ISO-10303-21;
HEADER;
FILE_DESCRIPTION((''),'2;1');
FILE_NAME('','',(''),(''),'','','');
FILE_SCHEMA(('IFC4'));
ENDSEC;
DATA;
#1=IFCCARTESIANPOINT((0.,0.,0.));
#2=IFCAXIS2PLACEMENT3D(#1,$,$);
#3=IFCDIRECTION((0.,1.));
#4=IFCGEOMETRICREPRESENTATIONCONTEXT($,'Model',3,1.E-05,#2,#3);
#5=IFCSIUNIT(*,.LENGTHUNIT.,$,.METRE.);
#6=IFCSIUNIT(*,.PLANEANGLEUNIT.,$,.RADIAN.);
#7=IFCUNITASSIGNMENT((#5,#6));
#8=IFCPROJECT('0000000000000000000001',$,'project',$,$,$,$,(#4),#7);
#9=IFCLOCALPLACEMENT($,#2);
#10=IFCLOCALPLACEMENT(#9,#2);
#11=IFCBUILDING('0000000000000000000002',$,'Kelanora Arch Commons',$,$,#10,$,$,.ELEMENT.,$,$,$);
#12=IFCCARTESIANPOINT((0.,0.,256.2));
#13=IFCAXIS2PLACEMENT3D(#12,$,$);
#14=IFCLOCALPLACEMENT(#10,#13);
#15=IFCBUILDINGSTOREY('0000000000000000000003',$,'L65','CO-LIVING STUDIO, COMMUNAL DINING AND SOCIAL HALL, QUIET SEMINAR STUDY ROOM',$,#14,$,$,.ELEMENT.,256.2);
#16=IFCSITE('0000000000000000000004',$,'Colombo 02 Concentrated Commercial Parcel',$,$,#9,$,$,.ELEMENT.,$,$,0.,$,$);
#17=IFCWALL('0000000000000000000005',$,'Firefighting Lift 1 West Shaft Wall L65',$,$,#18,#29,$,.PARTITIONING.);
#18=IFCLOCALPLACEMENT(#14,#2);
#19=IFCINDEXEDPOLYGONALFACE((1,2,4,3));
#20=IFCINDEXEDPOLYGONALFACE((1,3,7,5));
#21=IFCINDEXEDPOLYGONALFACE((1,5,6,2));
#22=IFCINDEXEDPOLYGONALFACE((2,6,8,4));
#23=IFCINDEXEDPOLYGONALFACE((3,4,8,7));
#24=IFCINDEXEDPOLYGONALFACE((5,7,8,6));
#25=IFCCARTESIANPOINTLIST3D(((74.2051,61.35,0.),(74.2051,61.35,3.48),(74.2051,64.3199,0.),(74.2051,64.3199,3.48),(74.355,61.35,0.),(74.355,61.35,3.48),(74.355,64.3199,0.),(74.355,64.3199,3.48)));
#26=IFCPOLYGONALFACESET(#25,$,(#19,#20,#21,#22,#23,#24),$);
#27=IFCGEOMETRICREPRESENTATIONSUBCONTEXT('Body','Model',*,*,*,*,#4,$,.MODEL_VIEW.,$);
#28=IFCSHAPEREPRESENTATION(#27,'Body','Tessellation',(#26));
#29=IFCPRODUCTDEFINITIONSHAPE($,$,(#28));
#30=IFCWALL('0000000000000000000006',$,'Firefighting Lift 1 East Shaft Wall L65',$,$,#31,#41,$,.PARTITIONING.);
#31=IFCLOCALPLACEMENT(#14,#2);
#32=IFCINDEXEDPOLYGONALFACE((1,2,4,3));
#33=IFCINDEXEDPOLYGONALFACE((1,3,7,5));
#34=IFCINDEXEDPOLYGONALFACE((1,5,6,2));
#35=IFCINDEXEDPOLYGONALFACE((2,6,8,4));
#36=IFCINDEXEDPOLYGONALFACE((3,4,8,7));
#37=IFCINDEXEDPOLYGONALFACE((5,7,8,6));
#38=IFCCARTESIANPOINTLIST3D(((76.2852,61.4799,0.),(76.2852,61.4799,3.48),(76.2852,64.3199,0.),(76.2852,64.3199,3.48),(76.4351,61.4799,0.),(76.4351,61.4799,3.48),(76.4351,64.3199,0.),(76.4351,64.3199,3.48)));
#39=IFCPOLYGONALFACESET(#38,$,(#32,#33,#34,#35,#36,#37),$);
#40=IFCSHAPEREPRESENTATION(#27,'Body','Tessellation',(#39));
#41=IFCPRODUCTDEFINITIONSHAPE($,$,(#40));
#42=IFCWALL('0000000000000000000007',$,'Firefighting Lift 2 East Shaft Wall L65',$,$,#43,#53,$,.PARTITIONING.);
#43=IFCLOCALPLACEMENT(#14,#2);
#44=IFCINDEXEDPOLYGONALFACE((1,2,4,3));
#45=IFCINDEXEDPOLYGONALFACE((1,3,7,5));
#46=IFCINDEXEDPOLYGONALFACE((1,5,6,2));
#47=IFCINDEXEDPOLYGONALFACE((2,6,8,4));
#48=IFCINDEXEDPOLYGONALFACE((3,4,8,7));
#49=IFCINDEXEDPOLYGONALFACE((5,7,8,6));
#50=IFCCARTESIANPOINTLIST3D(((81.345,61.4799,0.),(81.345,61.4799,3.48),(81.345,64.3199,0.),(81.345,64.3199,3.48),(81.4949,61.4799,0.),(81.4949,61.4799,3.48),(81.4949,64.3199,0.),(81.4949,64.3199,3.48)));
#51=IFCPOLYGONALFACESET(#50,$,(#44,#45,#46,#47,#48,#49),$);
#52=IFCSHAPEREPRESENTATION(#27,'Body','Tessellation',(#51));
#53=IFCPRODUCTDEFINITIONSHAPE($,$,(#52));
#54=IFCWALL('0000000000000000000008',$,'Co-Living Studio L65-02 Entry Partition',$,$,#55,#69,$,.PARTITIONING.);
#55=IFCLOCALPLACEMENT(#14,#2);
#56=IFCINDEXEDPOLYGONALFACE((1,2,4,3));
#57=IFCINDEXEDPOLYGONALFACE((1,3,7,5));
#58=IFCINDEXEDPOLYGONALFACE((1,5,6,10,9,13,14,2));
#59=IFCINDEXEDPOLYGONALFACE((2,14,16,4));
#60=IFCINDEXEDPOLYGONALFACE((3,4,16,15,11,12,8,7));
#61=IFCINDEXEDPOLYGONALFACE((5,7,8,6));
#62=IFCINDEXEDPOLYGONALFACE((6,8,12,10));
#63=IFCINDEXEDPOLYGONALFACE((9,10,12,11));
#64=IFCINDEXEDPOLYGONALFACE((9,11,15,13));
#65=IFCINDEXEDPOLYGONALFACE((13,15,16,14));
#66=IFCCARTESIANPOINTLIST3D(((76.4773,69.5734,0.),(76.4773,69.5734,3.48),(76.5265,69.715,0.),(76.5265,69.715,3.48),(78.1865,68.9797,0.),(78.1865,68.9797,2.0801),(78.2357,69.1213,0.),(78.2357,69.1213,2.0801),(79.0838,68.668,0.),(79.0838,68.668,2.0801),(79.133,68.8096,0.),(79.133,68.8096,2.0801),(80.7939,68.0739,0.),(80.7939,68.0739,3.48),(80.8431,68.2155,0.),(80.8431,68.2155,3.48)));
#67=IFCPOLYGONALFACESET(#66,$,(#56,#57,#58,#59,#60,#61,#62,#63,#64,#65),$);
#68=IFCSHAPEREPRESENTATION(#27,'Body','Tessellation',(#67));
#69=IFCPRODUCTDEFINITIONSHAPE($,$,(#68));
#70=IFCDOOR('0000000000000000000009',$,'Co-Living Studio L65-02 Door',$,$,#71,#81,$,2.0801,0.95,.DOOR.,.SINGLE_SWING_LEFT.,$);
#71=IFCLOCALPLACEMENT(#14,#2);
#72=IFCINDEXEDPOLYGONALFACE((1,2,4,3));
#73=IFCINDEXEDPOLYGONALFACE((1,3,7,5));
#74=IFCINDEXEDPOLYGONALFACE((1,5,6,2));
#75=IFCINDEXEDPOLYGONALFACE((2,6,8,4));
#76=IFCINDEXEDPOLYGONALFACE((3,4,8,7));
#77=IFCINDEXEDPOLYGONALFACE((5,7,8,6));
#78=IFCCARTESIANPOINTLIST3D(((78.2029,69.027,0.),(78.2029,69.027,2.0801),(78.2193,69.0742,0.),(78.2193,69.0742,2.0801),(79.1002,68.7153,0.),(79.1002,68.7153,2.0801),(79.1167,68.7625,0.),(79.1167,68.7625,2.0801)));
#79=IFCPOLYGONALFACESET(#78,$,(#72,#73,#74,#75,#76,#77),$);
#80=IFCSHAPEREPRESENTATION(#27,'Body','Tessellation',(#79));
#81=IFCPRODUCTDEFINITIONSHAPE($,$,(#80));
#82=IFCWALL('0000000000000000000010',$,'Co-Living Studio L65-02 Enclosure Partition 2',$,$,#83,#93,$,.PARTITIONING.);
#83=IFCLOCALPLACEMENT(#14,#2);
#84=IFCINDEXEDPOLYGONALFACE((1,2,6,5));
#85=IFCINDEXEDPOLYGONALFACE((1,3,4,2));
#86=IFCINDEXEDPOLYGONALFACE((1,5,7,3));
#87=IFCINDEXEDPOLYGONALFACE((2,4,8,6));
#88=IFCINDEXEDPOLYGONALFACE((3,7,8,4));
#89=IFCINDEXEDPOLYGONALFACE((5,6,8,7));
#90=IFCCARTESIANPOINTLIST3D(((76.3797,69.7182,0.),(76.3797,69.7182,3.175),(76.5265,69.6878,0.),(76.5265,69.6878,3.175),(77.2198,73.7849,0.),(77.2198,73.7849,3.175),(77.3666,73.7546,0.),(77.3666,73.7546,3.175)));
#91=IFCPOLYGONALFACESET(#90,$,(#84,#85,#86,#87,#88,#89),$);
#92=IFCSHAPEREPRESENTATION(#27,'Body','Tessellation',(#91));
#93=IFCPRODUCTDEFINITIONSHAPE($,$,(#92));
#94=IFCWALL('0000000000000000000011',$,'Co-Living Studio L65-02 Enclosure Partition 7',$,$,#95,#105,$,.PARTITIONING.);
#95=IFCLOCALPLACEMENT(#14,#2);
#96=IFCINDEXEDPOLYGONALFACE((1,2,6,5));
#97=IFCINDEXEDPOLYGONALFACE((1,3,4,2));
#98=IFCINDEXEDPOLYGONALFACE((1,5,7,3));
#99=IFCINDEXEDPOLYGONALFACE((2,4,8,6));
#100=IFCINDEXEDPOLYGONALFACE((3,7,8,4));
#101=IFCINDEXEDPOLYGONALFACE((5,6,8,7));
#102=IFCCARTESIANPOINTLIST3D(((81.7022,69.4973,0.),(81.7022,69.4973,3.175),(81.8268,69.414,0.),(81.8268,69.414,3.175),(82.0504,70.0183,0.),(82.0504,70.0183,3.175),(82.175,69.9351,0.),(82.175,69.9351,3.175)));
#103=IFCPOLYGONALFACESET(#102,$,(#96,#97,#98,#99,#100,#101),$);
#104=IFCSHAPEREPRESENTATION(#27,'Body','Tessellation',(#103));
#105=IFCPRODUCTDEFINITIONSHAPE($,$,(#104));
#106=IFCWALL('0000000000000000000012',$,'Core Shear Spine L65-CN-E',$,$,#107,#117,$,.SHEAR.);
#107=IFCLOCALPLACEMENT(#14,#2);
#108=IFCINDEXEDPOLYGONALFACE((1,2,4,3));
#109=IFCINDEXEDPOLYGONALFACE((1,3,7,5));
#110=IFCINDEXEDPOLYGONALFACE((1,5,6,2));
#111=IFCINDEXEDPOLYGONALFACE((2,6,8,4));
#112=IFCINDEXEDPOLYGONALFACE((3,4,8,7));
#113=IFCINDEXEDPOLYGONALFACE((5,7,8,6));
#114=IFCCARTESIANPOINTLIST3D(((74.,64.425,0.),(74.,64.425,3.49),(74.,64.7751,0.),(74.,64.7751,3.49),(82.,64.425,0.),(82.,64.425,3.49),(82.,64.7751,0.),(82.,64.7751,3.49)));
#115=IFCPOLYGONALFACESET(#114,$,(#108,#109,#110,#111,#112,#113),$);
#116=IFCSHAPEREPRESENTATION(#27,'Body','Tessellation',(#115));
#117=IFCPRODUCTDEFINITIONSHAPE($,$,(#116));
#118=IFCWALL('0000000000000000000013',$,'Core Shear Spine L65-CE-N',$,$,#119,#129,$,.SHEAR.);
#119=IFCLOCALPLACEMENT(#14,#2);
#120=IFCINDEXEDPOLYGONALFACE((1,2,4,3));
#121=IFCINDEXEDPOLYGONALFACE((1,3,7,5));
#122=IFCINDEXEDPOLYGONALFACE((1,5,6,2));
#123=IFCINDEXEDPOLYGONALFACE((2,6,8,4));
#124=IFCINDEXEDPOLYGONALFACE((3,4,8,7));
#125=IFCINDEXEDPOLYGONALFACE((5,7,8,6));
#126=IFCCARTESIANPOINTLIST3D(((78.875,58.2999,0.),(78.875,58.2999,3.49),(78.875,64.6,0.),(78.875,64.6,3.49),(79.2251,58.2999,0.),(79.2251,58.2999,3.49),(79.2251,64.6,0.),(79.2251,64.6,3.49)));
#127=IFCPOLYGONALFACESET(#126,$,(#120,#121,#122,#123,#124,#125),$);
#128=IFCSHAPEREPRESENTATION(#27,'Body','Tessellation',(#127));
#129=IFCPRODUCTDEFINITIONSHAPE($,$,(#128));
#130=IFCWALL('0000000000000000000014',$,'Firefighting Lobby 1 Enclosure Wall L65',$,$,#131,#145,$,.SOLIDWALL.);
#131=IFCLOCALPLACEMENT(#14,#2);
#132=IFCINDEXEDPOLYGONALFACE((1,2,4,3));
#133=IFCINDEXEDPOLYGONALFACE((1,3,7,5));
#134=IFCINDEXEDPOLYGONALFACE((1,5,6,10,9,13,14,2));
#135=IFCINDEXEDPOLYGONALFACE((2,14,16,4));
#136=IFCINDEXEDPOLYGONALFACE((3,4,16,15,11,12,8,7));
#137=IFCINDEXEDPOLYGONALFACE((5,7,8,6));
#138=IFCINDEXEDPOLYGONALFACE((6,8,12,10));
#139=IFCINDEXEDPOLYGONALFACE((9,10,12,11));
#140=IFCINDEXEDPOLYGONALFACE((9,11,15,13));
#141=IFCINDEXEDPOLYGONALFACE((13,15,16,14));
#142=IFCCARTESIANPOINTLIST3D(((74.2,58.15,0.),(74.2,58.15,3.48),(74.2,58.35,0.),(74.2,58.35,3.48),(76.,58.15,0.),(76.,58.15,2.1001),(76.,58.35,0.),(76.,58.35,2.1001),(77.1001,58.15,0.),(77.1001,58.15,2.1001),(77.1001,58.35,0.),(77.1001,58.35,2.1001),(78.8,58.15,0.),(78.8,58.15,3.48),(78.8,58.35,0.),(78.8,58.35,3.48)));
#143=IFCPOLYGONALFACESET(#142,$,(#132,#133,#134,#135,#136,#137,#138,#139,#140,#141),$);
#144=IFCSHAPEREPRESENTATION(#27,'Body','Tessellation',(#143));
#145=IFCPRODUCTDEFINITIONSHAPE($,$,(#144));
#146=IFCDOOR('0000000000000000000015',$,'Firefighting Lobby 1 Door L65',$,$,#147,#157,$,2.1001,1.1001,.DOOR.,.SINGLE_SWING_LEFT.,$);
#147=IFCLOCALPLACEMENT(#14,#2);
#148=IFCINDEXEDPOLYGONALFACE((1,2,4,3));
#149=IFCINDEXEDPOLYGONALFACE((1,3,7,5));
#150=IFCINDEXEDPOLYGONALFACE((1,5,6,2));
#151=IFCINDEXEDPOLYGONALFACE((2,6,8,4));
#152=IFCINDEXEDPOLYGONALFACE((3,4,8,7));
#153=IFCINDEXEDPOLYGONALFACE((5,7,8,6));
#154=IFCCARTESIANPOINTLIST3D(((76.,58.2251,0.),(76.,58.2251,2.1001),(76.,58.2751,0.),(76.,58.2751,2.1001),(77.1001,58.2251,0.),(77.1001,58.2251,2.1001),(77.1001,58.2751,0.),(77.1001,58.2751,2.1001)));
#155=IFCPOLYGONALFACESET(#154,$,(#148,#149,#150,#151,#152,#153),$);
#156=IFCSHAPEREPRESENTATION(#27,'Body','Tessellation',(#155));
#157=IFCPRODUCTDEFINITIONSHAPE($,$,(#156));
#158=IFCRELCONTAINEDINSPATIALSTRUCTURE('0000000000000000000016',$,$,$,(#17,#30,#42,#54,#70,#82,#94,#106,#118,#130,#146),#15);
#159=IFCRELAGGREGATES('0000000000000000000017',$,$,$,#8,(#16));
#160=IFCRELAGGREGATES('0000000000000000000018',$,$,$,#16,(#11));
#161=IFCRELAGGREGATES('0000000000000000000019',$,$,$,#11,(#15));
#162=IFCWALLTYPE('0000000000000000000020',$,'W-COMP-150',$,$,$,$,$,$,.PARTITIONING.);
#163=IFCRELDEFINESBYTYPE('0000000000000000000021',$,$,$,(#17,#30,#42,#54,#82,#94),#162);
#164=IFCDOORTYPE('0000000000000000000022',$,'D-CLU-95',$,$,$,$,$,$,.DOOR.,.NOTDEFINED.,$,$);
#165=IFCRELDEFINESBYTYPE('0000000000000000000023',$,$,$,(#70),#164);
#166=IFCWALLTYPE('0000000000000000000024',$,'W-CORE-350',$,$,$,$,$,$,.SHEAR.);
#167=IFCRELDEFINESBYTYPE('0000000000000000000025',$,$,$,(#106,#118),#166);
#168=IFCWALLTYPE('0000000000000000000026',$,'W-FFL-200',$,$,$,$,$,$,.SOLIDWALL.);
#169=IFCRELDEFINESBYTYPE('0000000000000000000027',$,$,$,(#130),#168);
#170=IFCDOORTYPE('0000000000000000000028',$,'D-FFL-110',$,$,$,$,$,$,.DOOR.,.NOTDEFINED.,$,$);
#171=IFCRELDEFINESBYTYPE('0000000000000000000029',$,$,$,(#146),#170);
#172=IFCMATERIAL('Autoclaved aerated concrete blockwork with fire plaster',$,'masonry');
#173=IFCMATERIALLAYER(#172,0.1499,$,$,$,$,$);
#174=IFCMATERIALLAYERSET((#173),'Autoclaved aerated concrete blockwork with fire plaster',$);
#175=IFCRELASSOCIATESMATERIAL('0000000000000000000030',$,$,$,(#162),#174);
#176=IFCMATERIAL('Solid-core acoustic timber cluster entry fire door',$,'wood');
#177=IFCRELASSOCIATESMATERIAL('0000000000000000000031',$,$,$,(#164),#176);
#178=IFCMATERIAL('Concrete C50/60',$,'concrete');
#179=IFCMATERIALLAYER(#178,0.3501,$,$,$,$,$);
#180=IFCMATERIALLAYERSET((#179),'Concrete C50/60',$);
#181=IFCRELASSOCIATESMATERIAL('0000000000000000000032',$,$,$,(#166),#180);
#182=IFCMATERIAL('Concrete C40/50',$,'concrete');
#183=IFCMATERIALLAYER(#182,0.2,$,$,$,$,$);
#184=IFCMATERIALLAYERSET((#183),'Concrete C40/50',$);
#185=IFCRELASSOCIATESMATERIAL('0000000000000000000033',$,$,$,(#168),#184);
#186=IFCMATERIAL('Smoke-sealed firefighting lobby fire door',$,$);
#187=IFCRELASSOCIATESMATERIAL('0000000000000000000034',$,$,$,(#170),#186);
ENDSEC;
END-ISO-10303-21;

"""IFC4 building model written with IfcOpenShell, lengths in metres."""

from ifc_helpers import new_model, si_unit, direction, frame, frame_2d, origin, place, context, subcontext, project, spatial, rectangle, extrude, material, layer, layer_set, type_object, element, fill, save


model = new_model("IFC4")

# Units and contexts
model_context = context("Model", 3, precision=1e-05, world=origin(), true_north=direction((0.0, 1.0)))
body_context = subcontext(model_context, "Body", "Model", "MODEL_VIEW")
ifc_project = project(units=[si_unit("LENGTHUNIT", "METRE"), si_unit("PLANEANGLEUNIT", "RADIAN")], contexts=[model_context])

# Site, building, storey
site_placement = place(None, origin())
site = spatial("IfcSite", under=ifc_project, at=site_placement, Name="Colombo 02 Concentrated Commercial Parcel", CompositionType="ELEMENT", RefElevation=0.0)
building_placement = place(site_placement, origin())
building = spatial("IfcBuilding", under=site, at=building_placement, Name="Kelanora Arch Commons", CompositionType="ELEMENT")
storey_placement = place(building_placement, frame((0.0, 0.0, 256.2)))
storey = spatial("IfcBuildingStorey", under=building, at=storey_placement, Name="L65", Description="CO-LIVING STUDIO, COMMUNAL DINING AND SOCIAL HALL, QUIET SEMINAR STUDY ROOM", CompositionType="ELEMENT", Elevation=256.2)

# Shared definitions
ifc_material_1 = material(Name="Concrete C50/60", Category="concrete")

# Walls
ifc_material_2 = material(Name="Autoclaved aerated concrete blockwork with fire plaster", Category="masonry")
ifc_layer_1 = layer(ifc_material_2, 0.1499)
ifc_layer_set_1 = layer_set([ifc_layer_1], Name="Autoclaved aerated concrete blockwork with fire plaster")
wall_type_1 = type_object("IfcWallType", Name="W-COMP-150", PredefinedType="PARTITIONING", material=ifc_layer_set_1)
wall_1_placement = place(storey_placement, frame((74.28, 61.3501, 0.0), z_axis=(0.0, 0.0, 1.0), x_axis=(0.0, 1.0, 0.0)))
element("IfcWall", 1, at=wall_1_placement, inside=storey, type_object=wall_type_1, Name="Firefighting Lift 1 West Shaft Wall L65", PredefinedType="PARTITIONING", context=body_context, shape_type="SweptSolid", body=[
    extrude(rectangle(XDim=2.97, YDim=0.1499, at=frame_2d((1.4849, 0.0))), origin(), (0.0, 0.0, 1.0), 3.48),
])
for number, where, z_axis, x_axis, name in (
    (2, (76.3601, 61.48, 0.0), (0.0, 0.0, 1.0), (0.0, 1.0, 0.0), "Firefighting Lift 1 East Shaft Wall L65"),
    (3, (81.4199, 61.48, 0.0), (0.0, 0.0, 1.0), (0.0, 1.0, 0.0), "Firefighting Lift 2 East Shaft Wall L65"),
):
    element("IfcWall", number, at=place(storey_placement, frame(where, z_axis=z_axis, x_axis=x_axis)), inside=storey, type_object=wall_type_1, Name=name, PredefinedType="PARTITIONING", context=body_context, shape_type="SweptSolid", body=[
        extrude(rectangle(XDim=2.8401, YDim=0.1499, at=frame_2d((1.4199, 0.0))), origin(), (0.0, 0.0, 1.0), 3.48),
    ])

# Wall, opening, door
wall_2_placement = place(storey_placement, frame((80.8184, 68.1448, 0.0), z_axis=(0.0, 0.0, 1.0), x_axis=(-0.944628, 0.328143, 0.0)))
wall_2 = element("IfcWall", 4, at=wall_2_placement, inside=storey, type_object=wall_type_1, Name="Co-Living Studio L65-02 Entry Partition", PredefinedType="PARTITIONING", context=body_context, shape_type="SweptSolid", body=[
    extrude(rectangle(XDim=4.5696, YDim=0.1499, at=frame_2d((2.2847, 0.0))), origin(), (0.0, 0.0, 1.0), 3.48),
])
opening_1_placement = place(wall_2_placement, frame((1.8101, 0.0, 0.0)))
opening_1 = element("IfcOpeningElement", 5, at=opening_1_placement, cuts=wall_2, PredefinedType="OPENING", context=body_context, shape_type="SweptSolid", body=[
    extrude(rectangle(XDim=0.95, YDim=2.0801, at=frame_2d((0.4751, 1.04))), frame((0.0, 0.085, 0.0), z_axis=(0.0, -1.0, 0.0), x_axis=(1.0, 0.0, 0.0)), (0.0, 0.0, 1.0), 0.1699),
])
ifc_material_3 = material(Name="Solid-core acoustic timber cluster entry fire door", Category="wood")
door_type_1 = type_object("IfcDoorType", Name="D-CLU-95", OperationType="NOTDEFINED", PredefinedType="DOOR", material=ifc_material_3)
door_1_placement = place(opening_1_placement, origin())
door_1 = element("IfcDoor", 6, at=door_1_placement, inside=storey, type_object=door_type_1, Name="Co-Living Studio L65-02 Door", OperationType="SINGLE_SWING_LEFT", OverallHeight=2.0801, OverallWidth=0.95, PredefinedType="DOOR", context=body_context, shape_type="SweptSolid", body=[
    extrude(rectangle(XDim=0.95, YDim=2.0801, at=frame_2d((0.4751, 1.04))), frame((0.0, 0.0249, 0.0), z_axis=(0.0, -1.0, 0.0), x_axis=(1.0, 0.0, 0.0)), (0.0, 0.0, 1.0), 0.05),
])
fill(opening_1, door_1)

# Walls
wall_3_placement = place(storey_placement, frame((76.4531, 69.7031, 0.0), z_axis=(0.0, 0.0, 1.0), x_axis=(0.202308, 0.979322, 0.0)))
element("IfcWall", 7, at=wall_3_placement, inside=storey, type_object=wall_type_1, Name="Co-Living Studio L65-02 Enclosure Partition 2", PredefinedType="PARTITIONING", context=body_context, shape_type="SweptSolid", body=[
    extrude(rectangle(XDim=4.1526, YDim=0.1499, at=frame_2d((2.0762, 0.0))), origin(), (0.0, 0.0, 1.0), 3.175),
])
wall_4_placement = place(storey_placement, frame((82.1128, 69.9768, 0.0), z_axis=(0.0, 0.0, 1.0), x_axis=(-0.555599, -0.83145, 0.0)))
element("IfcWall", 8, at=wall_4_placement, inside=storey, type_object=wall_type_1, Name="Co-Living Studio L65-02 Enclosure Partition 7", PredefinedType="PARTITIONING", context=body_context, shape_type="SweptSolid", body=[
    extrude(rectangle(XDim=0.6267, YDim=0.1499, at=frame_2d((0.3135, 0.0))), origin(), (0.0, 0.0, 1.0), 3.175),
])
ifc_layer_2 = layer(ifc_material_1, 0.3501)
ifc_layer_set_2 = layer_set([ifc_layer_2], Name="Concrete C50/60")
wall_type_2 = type_object("IfcWallType", Name="W-CORE-350", PredefinedType="SHEAR", material=ifc_layer_set_2)
wall_5_placement = place(storey_placement, frame((74.0, 64.6001, 0.0), z_axis=(0.0, 0.0, 1.0), x_axis=(1.0, 0.0, 0.0)))
element("IfcWall", 9, at=wall_5_placement, inside=storey, type_object=wall_type_2, Name="Core Shear Spine L65-CN-E", PredefinedType="SHEAR", context=body_context, shape_type="SweptSolid", body=[
    extrude(rectangle(XDim=8.0, YDim=0.3501, at=frame_2d((4.0, 0.0))), origin(), (0.0, 0.0, 1.0), 3.49),
])
wall_6_placement = place(storey_placement, frame((79.05, 58.3, 0.0), z_axis=(0.0, 0.0, 1.0), x_axis=(0.0, 1.0, 0.0)))
element("IfcWall", 10, at=wall_6_placement, inside=storey, type_object=wall_type_2, Name="Core Shear Spine L65-CE-N", PredefinedType="SHEAR", context=body_context, shape_type="SweptSolid", body=[
    extrude(rectangle(XDim=6.3, YDim=0.3501, at=frame_2d((3.1499, 0.0))), origin(), (0.0, 0.0, 1.0), 3.49),
])

# Wall, opening, door
ifc_material_4 = material(Name="Concrete C40/50", Category="concrete")
ifc_layer_3 = layer(ifc_material_4, 0.2)
ifc_layer_set_3 = layer_set([ifc_layer_3], Name="Concrete C40/50")
wall_type_3 = type_object("IfcWallType", Name="W-FFL-200", PredefinedType="SOLIDWALL", material=ifc_layer_set_3)
wall_7_placement = place(storey_placement, frame((74.2, 58.25, 0.0), z_axis=(0.0, 0.0, 1.0), x_axis=(1.0, 0.0, 0.0)))
wall_7 = element("IfcWall", 11, at=wall_7_placement, inside=storey, type_object=wall_type_3, Name="Firefighting Lobby 1 Enclosure Wall L65", PredefinedType="SOLIDWALL", context=body_context, shape_type="SweptSolid", body=[
    extrude(rectangle(XDim=4.6001, YDim=0.2, at=frame_2d((2.3, 0.0))), origin(), (0.0, 0.0, 1.0), 3.48),
])
opening_2_placement = place(wall_7_placement, frame((1.8, 0.0, 0.0)))
opening_2 = element("IfcOpeningElement", 12, at=opening_2_placement, cuts=wall_7, PredefinedType="OPENING", context=body_context, shape_type="SweptSolid", body=[
    extrude(rectangle(XDim=1.1001, YDim=2.1001, at=frame_2d((0.55, 1.05))), frame((0.0, 0.1099, 0.0), z_axis=(0.0, -1.0, 0.0), x_axis=(1.0, 0.0, 0.0)), (0.0, 0.0, 1.0), 0.22),
])
ifc_material_5 = material(Name="Smoke-sealed firefighting lobby fire door")
door_type_2 = type_object("IfcDoorType", Name="D-FFL-110", OperationType="NOTDEFINED", PredefinedType="DOOR", material=ifc_material_5)
door_2_placement = place(opening_2_placement, frame((1.1001, 0.0, 0.0), z_axis=(0.0, 0.0, 1.0), x_axis=(-1.0, 0.0, 0.0)))
door_2 = element("IfcDoor", 13, at=door_2_placement, inside=storey, type_object=door_type_2, Name="Firefighting Lobby 1 Door L65", OperationType="SINGLE_SWING_LEFT", OverallHeight=2.1001, OverallWidth=1.1001, PredefinedType="DOOR", context=body_context, shape_type="SweptSolid", body=[
    extrude(rectangle(XDim=1.1001, YDim=2.1001, at=frame_2d((0.55, 1.05))), frame((0.0, 0.0249, 0.0), z_axis=(0.0, -1.0, 0.0), x_axis=(1.0, 0.0, 0.0)), (0.0, 0.0, 1.0), 0.05),
])
fill(opening_2, door_2)

save(model, "model.ifc")
